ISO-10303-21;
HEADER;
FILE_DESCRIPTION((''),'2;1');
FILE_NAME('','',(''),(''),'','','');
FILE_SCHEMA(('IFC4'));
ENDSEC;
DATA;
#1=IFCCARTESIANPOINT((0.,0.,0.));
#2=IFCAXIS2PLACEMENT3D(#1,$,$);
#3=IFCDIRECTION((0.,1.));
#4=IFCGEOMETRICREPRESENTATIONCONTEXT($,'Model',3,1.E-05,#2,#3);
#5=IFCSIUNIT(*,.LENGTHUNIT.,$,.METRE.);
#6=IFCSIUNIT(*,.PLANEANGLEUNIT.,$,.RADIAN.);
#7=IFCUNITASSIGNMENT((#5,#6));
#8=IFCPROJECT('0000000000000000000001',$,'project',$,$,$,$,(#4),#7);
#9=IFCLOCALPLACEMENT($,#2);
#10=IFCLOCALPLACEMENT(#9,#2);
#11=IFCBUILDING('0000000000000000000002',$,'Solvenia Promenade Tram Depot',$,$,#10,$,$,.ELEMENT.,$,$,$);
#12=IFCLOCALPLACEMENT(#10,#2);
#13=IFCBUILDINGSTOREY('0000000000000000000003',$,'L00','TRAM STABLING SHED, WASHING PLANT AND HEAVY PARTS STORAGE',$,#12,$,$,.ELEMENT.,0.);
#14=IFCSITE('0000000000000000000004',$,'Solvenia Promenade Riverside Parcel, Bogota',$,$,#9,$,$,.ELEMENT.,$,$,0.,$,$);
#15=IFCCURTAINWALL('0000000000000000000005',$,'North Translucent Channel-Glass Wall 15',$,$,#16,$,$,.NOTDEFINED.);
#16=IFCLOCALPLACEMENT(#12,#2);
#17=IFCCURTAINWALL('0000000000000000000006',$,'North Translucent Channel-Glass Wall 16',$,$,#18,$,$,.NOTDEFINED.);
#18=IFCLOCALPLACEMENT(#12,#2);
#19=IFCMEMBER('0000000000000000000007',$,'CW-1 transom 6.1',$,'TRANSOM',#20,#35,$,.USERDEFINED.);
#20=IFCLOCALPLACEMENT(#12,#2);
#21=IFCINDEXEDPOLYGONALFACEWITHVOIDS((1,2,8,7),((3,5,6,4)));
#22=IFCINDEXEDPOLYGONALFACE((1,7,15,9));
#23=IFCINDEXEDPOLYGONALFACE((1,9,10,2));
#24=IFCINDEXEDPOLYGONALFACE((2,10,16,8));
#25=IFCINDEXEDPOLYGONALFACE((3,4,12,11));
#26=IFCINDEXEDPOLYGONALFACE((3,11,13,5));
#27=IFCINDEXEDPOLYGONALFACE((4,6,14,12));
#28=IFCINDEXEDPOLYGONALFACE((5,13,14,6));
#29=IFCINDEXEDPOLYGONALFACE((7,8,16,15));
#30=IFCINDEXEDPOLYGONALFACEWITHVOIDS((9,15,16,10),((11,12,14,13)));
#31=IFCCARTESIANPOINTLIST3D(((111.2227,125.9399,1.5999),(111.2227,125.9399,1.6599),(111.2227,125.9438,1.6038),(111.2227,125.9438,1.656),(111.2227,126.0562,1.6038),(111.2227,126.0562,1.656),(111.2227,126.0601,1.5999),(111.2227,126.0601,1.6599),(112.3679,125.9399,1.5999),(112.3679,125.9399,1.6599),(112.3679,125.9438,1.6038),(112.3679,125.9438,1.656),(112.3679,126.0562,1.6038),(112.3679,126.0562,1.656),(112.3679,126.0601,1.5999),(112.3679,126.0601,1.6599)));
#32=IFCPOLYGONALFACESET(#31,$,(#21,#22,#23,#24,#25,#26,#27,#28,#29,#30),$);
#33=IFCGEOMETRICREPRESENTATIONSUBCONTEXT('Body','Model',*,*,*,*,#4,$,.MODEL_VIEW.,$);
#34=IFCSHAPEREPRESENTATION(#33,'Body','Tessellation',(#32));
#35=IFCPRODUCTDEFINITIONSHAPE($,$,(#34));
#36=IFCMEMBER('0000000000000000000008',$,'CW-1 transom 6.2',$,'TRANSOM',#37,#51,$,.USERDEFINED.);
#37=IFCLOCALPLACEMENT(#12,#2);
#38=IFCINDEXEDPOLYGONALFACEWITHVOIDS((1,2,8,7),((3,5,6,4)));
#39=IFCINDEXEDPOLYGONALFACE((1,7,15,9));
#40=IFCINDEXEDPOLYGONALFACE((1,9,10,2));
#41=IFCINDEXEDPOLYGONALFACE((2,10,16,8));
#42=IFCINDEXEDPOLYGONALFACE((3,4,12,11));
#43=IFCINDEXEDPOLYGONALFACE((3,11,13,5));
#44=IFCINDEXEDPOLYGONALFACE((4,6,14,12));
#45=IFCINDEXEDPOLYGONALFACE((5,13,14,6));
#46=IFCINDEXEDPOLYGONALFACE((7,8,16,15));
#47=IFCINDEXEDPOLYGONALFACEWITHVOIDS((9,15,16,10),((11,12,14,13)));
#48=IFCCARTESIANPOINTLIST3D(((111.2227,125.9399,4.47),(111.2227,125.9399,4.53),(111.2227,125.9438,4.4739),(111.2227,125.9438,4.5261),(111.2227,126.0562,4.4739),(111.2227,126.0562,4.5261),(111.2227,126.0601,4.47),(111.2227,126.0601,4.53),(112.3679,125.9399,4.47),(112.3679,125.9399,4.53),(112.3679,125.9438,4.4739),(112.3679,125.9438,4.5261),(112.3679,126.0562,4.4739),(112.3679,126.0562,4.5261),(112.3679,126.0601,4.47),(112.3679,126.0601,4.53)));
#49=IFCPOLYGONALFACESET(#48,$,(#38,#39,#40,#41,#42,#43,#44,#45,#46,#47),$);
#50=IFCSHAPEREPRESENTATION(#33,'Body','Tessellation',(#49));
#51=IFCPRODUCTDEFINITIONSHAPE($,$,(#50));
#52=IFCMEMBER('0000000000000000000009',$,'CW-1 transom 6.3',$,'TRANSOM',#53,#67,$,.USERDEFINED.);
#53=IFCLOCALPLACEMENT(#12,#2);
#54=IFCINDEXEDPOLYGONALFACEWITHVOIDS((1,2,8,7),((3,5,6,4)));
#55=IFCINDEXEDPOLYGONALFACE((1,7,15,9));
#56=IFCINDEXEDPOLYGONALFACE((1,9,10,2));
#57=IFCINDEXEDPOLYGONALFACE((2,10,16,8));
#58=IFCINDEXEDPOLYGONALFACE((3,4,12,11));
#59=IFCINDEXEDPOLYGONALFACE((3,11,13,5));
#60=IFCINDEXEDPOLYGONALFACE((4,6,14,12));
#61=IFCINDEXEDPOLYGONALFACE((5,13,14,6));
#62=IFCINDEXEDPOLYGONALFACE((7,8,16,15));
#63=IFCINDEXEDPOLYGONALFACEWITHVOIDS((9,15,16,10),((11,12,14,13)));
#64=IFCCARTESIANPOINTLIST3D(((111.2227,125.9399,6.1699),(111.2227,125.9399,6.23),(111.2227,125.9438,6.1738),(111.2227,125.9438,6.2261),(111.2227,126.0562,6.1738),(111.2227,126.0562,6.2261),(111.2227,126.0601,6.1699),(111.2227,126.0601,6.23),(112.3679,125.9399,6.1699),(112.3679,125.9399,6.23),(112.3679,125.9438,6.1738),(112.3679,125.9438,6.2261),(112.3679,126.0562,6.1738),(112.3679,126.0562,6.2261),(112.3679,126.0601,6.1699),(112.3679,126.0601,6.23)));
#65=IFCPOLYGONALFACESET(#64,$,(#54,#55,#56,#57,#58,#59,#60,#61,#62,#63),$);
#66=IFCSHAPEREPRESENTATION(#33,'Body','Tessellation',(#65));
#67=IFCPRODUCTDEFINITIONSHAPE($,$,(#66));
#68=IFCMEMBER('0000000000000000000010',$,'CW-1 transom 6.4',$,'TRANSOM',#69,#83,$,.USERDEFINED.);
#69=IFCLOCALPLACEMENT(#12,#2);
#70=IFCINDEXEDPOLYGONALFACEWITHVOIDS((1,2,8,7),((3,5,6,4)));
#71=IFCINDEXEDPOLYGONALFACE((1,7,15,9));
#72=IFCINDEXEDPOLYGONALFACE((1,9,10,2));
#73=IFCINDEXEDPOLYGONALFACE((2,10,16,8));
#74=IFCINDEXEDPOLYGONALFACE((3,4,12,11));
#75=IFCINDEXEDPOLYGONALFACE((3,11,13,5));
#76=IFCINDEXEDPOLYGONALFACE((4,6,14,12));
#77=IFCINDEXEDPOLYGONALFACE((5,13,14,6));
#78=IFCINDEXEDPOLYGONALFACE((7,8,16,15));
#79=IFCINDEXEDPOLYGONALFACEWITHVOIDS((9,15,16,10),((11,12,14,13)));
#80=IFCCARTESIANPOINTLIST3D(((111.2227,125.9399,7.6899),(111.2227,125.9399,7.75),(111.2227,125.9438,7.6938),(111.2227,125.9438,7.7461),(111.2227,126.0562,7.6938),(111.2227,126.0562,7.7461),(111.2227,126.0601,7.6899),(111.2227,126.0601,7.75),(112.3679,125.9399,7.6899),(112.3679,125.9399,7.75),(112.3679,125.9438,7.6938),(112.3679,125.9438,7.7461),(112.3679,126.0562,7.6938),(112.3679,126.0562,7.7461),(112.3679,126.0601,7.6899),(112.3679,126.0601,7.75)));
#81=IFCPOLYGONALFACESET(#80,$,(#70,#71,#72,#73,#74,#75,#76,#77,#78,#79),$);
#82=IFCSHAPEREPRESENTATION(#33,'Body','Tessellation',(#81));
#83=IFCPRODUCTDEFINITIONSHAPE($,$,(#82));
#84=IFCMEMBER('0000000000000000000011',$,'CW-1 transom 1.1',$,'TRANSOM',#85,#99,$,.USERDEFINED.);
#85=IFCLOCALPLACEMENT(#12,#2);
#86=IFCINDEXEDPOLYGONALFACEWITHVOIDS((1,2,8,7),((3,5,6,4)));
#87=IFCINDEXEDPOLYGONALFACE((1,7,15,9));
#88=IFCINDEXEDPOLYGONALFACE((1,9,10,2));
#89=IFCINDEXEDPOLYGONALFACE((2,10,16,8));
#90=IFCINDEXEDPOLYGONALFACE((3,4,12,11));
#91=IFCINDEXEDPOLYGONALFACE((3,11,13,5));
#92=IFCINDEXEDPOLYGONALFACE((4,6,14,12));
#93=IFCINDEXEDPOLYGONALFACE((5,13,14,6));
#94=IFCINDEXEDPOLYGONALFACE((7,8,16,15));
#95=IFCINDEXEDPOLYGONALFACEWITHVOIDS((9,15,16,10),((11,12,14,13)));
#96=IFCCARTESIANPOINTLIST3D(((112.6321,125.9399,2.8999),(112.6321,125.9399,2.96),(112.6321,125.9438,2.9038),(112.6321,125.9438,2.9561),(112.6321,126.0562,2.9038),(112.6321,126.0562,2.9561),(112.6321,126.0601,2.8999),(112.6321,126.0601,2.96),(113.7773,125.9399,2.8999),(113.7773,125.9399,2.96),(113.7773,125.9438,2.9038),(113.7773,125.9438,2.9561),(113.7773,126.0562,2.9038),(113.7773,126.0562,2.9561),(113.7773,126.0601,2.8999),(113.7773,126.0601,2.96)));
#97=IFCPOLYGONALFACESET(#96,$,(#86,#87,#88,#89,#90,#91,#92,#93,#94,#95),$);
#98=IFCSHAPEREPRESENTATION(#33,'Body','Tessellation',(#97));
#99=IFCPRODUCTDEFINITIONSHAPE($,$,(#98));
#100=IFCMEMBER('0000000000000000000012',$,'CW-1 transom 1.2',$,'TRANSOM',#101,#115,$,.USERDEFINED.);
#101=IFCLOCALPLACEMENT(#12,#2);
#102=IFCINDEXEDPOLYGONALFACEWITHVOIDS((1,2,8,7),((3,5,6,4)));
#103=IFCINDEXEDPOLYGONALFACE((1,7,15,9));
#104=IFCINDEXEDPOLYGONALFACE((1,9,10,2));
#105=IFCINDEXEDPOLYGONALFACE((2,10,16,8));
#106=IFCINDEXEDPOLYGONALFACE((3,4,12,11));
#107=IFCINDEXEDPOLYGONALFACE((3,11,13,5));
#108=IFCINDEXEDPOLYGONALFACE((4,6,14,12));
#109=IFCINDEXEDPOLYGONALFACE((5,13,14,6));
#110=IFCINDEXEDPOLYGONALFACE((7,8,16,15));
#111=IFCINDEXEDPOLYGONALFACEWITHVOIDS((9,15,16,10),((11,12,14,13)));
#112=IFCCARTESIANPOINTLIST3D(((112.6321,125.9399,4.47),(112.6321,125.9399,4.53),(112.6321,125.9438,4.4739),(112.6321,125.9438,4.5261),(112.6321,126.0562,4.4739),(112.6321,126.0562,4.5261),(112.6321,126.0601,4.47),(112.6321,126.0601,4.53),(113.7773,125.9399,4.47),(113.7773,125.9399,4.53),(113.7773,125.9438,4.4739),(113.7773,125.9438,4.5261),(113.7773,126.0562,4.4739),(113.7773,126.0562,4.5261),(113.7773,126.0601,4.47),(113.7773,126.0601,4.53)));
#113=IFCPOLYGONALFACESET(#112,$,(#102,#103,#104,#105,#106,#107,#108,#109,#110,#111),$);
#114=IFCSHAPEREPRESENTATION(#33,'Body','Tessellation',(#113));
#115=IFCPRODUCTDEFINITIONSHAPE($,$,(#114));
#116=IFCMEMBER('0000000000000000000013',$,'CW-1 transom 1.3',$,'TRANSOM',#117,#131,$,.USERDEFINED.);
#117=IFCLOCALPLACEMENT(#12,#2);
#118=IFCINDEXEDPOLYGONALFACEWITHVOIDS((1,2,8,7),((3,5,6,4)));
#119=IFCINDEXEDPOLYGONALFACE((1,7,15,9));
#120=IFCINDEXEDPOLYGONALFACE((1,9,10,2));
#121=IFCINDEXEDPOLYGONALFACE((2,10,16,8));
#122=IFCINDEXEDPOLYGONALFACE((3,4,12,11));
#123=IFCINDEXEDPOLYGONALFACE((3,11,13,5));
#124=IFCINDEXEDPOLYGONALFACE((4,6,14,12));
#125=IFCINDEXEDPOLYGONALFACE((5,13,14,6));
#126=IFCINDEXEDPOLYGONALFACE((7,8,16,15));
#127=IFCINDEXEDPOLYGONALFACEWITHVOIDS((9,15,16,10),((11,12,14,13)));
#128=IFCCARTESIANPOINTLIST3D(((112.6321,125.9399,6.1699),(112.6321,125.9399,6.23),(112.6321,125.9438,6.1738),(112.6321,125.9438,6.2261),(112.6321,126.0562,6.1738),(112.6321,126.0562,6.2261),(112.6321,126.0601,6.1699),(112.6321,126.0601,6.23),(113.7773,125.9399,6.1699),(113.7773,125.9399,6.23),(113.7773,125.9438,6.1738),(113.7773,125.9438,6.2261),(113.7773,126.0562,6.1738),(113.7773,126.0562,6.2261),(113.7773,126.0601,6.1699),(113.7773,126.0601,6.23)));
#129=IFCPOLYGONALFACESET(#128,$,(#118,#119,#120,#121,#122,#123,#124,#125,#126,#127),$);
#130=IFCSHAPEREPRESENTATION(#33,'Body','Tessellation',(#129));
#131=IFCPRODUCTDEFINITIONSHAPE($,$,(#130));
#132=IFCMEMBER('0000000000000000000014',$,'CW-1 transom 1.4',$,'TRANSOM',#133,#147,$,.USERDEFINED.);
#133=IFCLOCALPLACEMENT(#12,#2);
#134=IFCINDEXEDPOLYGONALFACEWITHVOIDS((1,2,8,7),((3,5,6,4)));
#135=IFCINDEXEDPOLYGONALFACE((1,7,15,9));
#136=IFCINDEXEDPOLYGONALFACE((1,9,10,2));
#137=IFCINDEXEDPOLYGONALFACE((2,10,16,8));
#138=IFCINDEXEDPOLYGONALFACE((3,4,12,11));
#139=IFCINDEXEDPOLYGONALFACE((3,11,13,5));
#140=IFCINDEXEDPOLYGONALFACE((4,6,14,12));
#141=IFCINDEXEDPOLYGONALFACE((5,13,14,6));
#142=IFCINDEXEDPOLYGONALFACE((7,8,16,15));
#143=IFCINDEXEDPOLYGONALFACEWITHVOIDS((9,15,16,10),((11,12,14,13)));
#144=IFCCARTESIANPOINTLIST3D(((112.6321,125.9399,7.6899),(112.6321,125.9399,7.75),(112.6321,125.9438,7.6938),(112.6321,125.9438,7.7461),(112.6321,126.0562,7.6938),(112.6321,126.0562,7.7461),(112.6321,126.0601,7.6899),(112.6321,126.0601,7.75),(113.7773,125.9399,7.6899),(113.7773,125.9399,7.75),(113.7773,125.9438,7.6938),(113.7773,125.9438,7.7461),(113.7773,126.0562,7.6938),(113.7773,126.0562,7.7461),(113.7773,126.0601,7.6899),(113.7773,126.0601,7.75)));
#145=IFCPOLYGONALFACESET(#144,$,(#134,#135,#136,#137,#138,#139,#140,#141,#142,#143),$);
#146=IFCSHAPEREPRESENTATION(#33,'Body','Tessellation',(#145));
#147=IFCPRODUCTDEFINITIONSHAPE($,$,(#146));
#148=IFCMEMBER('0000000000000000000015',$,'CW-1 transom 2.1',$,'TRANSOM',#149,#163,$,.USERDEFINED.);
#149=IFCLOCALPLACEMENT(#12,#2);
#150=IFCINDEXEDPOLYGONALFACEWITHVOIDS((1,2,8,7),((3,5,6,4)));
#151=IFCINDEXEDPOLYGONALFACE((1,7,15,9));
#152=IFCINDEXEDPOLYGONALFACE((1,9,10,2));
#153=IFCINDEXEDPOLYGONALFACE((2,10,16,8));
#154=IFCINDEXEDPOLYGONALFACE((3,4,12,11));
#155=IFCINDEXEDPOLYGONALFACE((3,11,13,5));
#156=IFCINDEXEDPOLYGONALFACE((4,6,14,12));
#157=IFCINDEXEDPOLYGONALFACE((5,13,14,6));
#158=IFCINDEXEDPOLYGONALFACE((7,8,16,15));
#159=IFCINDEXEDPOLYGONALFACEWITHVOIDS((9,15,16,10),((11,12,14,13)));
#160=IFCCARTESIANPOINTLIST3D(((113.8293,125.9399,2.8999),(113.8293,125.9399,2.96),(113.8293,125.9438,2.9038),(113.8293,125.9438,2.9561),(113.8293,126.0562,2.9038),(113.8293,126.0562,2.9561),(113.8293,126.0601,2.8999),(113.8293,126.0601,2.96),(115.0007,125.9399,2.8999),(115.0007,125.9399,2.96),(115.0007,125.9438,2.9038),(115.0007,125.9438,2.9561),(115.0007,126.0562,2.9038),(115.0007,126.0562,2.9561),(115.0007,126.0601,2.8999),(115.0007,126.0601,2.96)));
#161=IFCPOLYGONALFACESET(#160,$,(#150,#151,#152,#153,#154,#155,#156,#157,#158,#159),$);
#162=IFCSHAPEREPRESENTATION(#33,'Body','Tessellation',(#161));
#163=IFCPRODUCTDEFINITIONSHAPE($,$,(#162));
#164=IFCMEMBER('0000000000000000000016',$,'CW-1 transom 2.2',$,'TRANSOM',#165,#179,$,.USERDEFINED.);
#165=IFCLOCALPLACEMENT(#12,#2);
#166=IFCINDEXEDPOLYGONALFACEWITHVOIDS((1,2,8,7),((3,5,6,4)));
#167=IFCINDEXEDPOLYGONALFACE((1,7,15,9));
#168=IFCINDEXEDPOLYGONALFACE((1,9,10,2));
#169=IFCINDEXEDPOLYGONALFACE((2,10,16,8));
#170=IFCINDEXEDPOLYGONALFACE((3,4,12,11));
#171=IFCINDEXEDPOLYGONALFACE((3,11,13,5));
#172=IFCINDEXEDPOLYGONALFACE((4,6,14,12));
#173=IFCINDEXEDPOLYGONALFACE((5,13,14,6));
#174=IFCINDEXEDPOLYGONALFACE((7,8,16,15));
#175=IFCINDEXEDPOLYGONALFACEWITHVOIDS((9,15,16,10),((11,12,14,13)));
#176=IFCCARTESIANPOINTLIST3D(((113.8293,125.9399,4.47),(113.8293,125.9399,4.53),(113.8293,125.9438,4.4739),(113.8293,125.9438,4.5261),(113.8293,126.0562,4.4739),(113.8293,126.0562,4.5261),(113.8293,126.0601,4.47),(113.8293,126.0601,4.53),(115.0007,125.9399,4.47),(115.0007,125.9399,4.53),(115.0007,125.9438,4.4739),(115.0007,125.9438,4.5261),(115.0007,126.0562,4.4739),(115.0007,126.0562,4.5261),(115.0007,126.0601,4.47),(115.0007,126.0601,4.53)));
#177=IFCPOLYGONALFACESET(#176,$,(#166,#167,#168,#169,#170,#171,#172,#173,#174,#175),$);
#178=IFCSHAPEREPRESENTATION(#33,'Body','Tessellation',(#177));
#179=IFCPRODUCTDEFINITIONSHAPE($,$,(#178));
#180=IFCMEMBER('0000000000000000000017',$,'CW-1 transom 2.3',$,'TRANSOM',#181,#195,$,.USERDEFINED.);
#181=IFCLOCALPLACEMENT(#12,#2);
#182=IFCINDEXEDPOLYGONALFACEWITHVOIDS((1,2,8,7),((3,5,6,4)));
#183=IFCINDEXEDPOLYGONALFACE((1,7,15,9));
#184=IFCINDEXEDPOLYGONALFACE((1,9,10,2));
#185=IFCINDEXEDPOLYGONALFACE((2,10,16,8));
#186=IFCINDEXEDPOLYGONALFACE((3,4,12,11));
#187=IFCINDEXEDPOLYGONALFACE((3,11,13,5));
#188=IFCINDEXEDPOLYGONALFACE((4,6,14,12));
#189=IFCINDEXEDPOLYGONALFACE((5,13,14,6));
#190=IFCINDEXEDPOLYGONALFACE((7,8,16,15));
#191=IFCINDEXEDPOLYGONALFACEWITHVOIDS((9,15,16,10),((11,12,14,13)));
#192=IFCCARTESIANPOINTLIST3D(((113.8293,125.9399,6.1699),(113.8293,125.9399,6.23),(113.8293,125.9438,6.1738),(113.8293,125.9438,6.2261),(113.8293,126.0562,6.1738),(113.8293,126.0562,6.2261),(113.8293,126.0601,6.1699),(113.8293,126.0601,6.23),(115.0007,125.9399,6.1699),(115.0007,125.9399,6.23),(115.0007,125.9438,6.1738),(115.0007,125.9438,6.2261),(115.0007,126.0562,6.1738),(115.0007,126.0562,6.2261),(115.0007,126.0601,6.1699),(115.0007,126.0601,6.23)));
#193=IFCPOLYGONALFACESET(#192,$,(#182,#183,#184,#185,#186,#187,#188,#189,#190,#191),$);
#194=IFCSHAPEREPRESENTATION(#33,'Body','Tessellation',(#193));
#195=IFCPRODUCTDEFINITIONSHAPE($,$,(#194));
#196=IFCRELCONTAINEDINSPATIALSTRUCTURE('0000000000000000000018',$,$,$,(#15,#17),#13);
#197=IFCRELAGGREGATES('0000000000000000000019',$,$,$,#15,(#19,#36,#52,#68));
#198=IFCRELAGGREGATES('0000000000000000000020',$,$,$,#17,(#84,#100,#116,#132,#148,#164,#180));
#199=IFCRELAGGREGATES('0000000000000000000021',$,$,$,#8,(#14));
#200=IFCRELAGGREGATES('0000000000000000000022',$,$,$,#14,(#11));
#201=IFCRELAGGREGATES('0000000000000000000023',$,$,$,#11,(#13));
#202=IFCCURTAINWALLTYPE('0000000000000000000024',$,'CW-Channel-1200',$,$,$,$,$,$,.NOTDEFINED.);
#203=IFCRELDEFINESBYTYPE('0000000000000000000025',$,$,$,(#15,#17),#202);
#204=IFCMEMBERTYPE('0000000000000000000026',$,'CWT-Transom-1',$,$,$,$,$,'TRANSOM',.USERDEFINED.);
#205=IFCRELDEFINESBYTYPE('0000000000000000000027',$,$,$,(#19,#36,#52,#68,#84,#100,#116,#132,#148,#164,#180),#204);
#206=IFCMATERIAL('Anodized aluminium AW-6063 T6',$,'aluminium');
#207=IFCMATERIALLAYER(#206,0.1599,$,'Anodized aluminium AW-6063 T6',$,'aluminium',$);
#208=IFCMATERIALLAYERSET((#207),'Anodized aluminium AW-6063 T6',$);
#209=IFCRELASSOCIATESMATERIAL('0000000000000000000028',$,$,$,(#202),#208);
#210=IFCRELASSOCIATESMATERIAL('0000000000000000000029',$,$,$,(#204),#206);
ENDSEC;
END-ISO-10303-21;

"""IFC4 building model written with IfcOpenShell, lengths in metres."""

from ifc_helpers import new_model, si_unit, direction, frame, origin, origin_2d, place, context, subcontext, project, spatial, hollow_rectangle, extrude, material, layer, layer_set, material_profile, profile_set, type_object, element, aggregate, save


model = new_model("IFC4")

# Units and contexts
model_context = context("Model", 3, precision=1e-05, world=origin(), true_north=direction((0.0, 1.0)))
body_context = subcontext(model_context, "Body", "Model", "MODEL_VIEW")
ifc_project = project(units=[si_unit("LENGTHUNIT", "METRE"), si_unit("PLANEANGLEUNIT", "RADIAN")], contexts=[model_context])

# Site, building, storey
site_placement = place(None, origin())
site = spatial("IfcSite", under=ifc_project, at=site_placement, Name="Solvenia Promenade Riverside Parcel, Bogota", CompositionType="ELEMENT", RefElevation=0.0)
building_placement = place(site_placement, origin())
building = spatial("IfcBuilding", under=site, at=building_placement, Name="Solvenia Promenade Tram Depot", CompositionType="ELEMENT")
storey_placement = place(building_placement, origin())
storey = spatial("IfcBuildingStorey", under=building, at=storey_placement, Name="L00", Description="TRAM STABLING SHED, WASHING PLANT AND HEAVY PARTS STORAGE", CompositionType="ELEMENT", Elevation=0.0)

# Curtain wall
ifc_material_1 = material(Name="Anodized aluminium AW-6063 T6", Category="aluminium")
ifc_layer_1 = layer(ifc_material_1, 0.1599, Name="Anodized aluminium AW-6063 T6", Category="aluminium")
ifc_layer_set_1 = layer_set([ifc_layer_1], Name="Anodized aluminium AW-6063 T6")
curtain_wall_type = type_object("IfcCurtainWallType", Name="CW-Channel-1200", PredefinedType="NOTDEFINED", material=ifc_layer_set_1)
curtain_wall_1_placement = place(storey_placement, origin())
curtain_wall_1 = element("IfcCurtainWall", 1, at=curtain_wall_1_placement, inside=storey, type_object=curtain_wall_type, Name="North Translucent Channel-Glass Wall 15", PredefinedType="NOTDEFINED")

# Curtain wall
curtain_wall_2_placement = place(storey_placement, origin())
curtain_wall_2 = element("IfcCurtainWall", 2, at=curtain_wall_2_placement, inside=storey, type_object=curtain_wall_type, Name="North Translucent Channel-Glass Wall 16", PredefinedType="NOTDEFINED")

# Members
ifc_material_profile_1 = material_profile(ifc_material_1, hollow_rectangle(XDim=0.1201, YDim=0.0601, WallThickness=0.0039, at=origin_2d()), Name="ALU-T1", Category="aluminium")
ifc_profile_set_1 = profile_set([ifc_material_profile_1], Name="Anodized aluminium AW-6063 T6")
member_type_1 = type_object("IfcMemberType", Name="CWT-Transom-1", ElementType="TRANSOM", PredefinedType="USERDEFINED", material=ifc_profile_set_1)
member_1_placement = place(storey_placement, frame((111.2227, 126.0, 1.6299), z_axis=(1.0, 0.0, 0.0), x_axis=(0.0, 1.0, 0.0)))
member_1 = element("IfcMember", 3, at=member_1_placement, type_object=member_type_1, Name="CW-1 transom 6.1", ObjectType="TRANSOM", PredefinedType="USERDEFINED", context=body_context, shape_type="SweptSolid", body=[
    extrude(hollow_rectangle(XDim=0.1201, YDim=0.0601, WallThickness=0.0039, at=origin_2d()), origin(), (0.0, 0.0, 1.0), 1.1453),
])
member_2_placement = place(storey_placement, frame((111.2227, 126.0, 4.5), z_axis=(1.0, 0.0, 0.0), x_axis=(0.0, 1.0, 0.0)))
member_2 = element("IfcMember", 4, at=member_2_placement, type_object=member_type_1, Name="CW-1 transom 6.2", ObjectType="TRANSOM", PredefinedType="USERDEFINED", context=body_context, shape_type="SweptSolid", body=[
    extrude(hollow_rectangle(XDim=0.1201, YDim=0.0601, WallThickness=0.0039, at=origin_2d()), origin(), (0.0, 0.0, 1.0), 1.1453),
])
member_3_placement = place(storey_placement, frame((111.2227, 126.0, 6.2), z_axis=(1.0, 0.0, 0.0), x_axis=(0.0, 1.0, 0.0)))
member_3 = element("IfcMember", 5, at=member_3_placement, type_object=member_type_1, Name="CW-1 transom 6.3", ObjectType="TRANSOM", PredefinedType="USERDEFINED", context=body_context, shape_type="SweptSolid", body=[
    extrude(hollow_rectangle(XDim=0.1201, YDim=0.0601, WallThickness=0.0039, at=origin_2d()), origin(), (0.0, 0.0, 1.0), 1.1453),
])
member_4_placement = place(storey_placement, frame((111.2227, 126.0, 7.72), z_axis=(1.0, 0.0, 0.0), x_axis=(0.0, 1.0, 0.0)))
member_4 = element("IfcMember", 6, at=member_4_placement, type_object=member_type_1, Name="CW-1 transom 6.4", ObjectType="TRANSOM", PredefinedType="USERDEFINED", context=body_context, shape_type="SweptSolid", body=[
    extrude(hollow_rectangle(XDim=0.1201, YDim=0.0601, WallThickness=0.0039, at=origin_2d()), origin(), (0.0, 0.0, 1.0), 1.1453),
])
member_5_placement = place(storey_placement, frame((112.6321, 126.0, 2.9299), z_axis=(1.0, 0.0, 0.0), x_axis=(0.0, 1.0, 0.0)))
member_5 = element("IfcMember", 7, at=member_5_placement, type_object=member_type_1, Name="CW-1 transom 1.1", ObjectType="TRANSOM", PredefinedType="USERDEFINED", context=body_context, shape_type="SweptSolid", body=[
    extrude(hollow_rectangle(XDim=0.1201, YDim=0.0601, WallThickness=0.0039, at=origin_2d()), origin(), (0.0, 0.0, 1.0), 1.1453),
])
member_6_placement = place(storey_placement, frame((112.6321, 126.0, 4.5), z_axis=(1.0, 0.0, 0.0), x_axis=(0.0, 1.0, 0.0)))
member_6 = element("IfcMember", 8, at=member_6_placement, type_object=member_type_1, Name="CW-1 transom 1.2", ObjectType="TRANSOM", PredefinedType="USERDEFINED", context=body_context, shape_type="SweptSolid", body=[
    extrude(hollow_rectangle(XDim=0.1201, YDim=0.0601, WallThickness=0.0039, at=origin_2d()), origin(), (0.0, 0.0, 1.0), 1.1453),
])
member_7_placement = place(storey_placement, frame((112.6321, 126.0, 6.2), z_axis=(1.0, 0.0, 0.0), x_axis=(0.0, 1.0, 0.0)))
member_7 = element("IfcMember", 9, at=member_7_placement, type_object=member_type_1, Name="CW-1 transom 1.3", ObjectType="TRANSOM", PredefinedType="USERDEFINED", context=body_context, shape_type="SweptSolid", body=[
    extrude(hollow_rectangle(XDim=0.1201, YDim=0.0601, WallThickness=0.0039, at=origin_2d()), origin(), (0.0, 0.0, 1.0), 1.1453),
])
member_8_placement = place(storey_placement, frame((112.6321, 126.0, 7.72), z_axis=(1.0, 0.0, 0.0), x_axis=(0.0, 1.0, 0.0)))
member_8 = element("IfcMember", 10, at=member_8_placement, type_object=member_type_1, Name="CW-1 transom 1.4", ObjectType="TRANSOM", PredefinedType="USERDEFINED", context=body_context, shape_type="SweptSolid", body=[
    extrude(hollow_rectangle(XDim=0.1201, YDim=0.0601, WallThickness=0.0039, at=origin_2d()), origin(), (0.0, 0.0, 1.0), 1.1453),
])
member_9_placement = place(storey_placement, frame((113.8293, 126.0, 2.9299), z_axis=(1.0, 0.0, 0.0), x_axis=(0.0, 1.0, 0.0)))
member_9 = element("IfcMember", 11, at=member_9_placement, type_object=member_type_1, Name="CW-1 transom 2.1", ObjectType="TRANSOM", PredefinedType="USERDEFINED", context=body_context, shape_type="SweptSolid", body=[
    extrude(hollow_rectangle(XDim=0.1201, YDim=0.0601, WallThickness=0.0039, at=origin_2d()), origin(), (0.0, 0.0, 1.0), 1.1714),
])
member_10_placement = place(storey_placement, frame((113.8293, 126.0, 4.5), z_axis=(1.0, 0.0, 0.0), x_axis=(0.0, 1.0, 0.0)))
member_10 = element("IfcMember", 12, at=member_10_placement, type_object=member_type_1, Name="CW-1 transom 2.2", ObjectType="TRANSOM", PredefinedType="USERDEFINED", context=body_context, shape_type="SweptSolid", body=[
    extrude(hollow_rectangle(XDim=0.1201, YDim=0.0601, WallThickness=0.0039, at=origin_2d()), origin(), (0.0, 0.0, 1.0), 1.1714),
])
member_11_placement = place(storey_placement, frame((113.8293, 126.0, 6.2), z_axis=(1.0, 0.0, 0.0), x_axis=(0.0, 1.0, 0.0)))
member_11 = element("IfcMember", 13, at=member_11_placement, type_object=member_type_1, Name="CW-1 transom 2.3", ObjectType="TRANSOM", PredefinedType="USERDEFINED", context=body_context, shape_type="SweptSolid", body=[
    extrude(hollow_rectangle(XDim=0.1201, YDim=0.0601, WallThickness=0.0039, at=origin_2d()), origin(), (0.0, 0.0, 1.0), 1.1714),
])

aggregate(curtain_wall_1, [member_1, member_2, member_3, member_4])
aggregate(curtain_wall_2, [member_5, member_6, member_7, member_8, member_9, member_10, member_11])

save(model, "model.ifc")
